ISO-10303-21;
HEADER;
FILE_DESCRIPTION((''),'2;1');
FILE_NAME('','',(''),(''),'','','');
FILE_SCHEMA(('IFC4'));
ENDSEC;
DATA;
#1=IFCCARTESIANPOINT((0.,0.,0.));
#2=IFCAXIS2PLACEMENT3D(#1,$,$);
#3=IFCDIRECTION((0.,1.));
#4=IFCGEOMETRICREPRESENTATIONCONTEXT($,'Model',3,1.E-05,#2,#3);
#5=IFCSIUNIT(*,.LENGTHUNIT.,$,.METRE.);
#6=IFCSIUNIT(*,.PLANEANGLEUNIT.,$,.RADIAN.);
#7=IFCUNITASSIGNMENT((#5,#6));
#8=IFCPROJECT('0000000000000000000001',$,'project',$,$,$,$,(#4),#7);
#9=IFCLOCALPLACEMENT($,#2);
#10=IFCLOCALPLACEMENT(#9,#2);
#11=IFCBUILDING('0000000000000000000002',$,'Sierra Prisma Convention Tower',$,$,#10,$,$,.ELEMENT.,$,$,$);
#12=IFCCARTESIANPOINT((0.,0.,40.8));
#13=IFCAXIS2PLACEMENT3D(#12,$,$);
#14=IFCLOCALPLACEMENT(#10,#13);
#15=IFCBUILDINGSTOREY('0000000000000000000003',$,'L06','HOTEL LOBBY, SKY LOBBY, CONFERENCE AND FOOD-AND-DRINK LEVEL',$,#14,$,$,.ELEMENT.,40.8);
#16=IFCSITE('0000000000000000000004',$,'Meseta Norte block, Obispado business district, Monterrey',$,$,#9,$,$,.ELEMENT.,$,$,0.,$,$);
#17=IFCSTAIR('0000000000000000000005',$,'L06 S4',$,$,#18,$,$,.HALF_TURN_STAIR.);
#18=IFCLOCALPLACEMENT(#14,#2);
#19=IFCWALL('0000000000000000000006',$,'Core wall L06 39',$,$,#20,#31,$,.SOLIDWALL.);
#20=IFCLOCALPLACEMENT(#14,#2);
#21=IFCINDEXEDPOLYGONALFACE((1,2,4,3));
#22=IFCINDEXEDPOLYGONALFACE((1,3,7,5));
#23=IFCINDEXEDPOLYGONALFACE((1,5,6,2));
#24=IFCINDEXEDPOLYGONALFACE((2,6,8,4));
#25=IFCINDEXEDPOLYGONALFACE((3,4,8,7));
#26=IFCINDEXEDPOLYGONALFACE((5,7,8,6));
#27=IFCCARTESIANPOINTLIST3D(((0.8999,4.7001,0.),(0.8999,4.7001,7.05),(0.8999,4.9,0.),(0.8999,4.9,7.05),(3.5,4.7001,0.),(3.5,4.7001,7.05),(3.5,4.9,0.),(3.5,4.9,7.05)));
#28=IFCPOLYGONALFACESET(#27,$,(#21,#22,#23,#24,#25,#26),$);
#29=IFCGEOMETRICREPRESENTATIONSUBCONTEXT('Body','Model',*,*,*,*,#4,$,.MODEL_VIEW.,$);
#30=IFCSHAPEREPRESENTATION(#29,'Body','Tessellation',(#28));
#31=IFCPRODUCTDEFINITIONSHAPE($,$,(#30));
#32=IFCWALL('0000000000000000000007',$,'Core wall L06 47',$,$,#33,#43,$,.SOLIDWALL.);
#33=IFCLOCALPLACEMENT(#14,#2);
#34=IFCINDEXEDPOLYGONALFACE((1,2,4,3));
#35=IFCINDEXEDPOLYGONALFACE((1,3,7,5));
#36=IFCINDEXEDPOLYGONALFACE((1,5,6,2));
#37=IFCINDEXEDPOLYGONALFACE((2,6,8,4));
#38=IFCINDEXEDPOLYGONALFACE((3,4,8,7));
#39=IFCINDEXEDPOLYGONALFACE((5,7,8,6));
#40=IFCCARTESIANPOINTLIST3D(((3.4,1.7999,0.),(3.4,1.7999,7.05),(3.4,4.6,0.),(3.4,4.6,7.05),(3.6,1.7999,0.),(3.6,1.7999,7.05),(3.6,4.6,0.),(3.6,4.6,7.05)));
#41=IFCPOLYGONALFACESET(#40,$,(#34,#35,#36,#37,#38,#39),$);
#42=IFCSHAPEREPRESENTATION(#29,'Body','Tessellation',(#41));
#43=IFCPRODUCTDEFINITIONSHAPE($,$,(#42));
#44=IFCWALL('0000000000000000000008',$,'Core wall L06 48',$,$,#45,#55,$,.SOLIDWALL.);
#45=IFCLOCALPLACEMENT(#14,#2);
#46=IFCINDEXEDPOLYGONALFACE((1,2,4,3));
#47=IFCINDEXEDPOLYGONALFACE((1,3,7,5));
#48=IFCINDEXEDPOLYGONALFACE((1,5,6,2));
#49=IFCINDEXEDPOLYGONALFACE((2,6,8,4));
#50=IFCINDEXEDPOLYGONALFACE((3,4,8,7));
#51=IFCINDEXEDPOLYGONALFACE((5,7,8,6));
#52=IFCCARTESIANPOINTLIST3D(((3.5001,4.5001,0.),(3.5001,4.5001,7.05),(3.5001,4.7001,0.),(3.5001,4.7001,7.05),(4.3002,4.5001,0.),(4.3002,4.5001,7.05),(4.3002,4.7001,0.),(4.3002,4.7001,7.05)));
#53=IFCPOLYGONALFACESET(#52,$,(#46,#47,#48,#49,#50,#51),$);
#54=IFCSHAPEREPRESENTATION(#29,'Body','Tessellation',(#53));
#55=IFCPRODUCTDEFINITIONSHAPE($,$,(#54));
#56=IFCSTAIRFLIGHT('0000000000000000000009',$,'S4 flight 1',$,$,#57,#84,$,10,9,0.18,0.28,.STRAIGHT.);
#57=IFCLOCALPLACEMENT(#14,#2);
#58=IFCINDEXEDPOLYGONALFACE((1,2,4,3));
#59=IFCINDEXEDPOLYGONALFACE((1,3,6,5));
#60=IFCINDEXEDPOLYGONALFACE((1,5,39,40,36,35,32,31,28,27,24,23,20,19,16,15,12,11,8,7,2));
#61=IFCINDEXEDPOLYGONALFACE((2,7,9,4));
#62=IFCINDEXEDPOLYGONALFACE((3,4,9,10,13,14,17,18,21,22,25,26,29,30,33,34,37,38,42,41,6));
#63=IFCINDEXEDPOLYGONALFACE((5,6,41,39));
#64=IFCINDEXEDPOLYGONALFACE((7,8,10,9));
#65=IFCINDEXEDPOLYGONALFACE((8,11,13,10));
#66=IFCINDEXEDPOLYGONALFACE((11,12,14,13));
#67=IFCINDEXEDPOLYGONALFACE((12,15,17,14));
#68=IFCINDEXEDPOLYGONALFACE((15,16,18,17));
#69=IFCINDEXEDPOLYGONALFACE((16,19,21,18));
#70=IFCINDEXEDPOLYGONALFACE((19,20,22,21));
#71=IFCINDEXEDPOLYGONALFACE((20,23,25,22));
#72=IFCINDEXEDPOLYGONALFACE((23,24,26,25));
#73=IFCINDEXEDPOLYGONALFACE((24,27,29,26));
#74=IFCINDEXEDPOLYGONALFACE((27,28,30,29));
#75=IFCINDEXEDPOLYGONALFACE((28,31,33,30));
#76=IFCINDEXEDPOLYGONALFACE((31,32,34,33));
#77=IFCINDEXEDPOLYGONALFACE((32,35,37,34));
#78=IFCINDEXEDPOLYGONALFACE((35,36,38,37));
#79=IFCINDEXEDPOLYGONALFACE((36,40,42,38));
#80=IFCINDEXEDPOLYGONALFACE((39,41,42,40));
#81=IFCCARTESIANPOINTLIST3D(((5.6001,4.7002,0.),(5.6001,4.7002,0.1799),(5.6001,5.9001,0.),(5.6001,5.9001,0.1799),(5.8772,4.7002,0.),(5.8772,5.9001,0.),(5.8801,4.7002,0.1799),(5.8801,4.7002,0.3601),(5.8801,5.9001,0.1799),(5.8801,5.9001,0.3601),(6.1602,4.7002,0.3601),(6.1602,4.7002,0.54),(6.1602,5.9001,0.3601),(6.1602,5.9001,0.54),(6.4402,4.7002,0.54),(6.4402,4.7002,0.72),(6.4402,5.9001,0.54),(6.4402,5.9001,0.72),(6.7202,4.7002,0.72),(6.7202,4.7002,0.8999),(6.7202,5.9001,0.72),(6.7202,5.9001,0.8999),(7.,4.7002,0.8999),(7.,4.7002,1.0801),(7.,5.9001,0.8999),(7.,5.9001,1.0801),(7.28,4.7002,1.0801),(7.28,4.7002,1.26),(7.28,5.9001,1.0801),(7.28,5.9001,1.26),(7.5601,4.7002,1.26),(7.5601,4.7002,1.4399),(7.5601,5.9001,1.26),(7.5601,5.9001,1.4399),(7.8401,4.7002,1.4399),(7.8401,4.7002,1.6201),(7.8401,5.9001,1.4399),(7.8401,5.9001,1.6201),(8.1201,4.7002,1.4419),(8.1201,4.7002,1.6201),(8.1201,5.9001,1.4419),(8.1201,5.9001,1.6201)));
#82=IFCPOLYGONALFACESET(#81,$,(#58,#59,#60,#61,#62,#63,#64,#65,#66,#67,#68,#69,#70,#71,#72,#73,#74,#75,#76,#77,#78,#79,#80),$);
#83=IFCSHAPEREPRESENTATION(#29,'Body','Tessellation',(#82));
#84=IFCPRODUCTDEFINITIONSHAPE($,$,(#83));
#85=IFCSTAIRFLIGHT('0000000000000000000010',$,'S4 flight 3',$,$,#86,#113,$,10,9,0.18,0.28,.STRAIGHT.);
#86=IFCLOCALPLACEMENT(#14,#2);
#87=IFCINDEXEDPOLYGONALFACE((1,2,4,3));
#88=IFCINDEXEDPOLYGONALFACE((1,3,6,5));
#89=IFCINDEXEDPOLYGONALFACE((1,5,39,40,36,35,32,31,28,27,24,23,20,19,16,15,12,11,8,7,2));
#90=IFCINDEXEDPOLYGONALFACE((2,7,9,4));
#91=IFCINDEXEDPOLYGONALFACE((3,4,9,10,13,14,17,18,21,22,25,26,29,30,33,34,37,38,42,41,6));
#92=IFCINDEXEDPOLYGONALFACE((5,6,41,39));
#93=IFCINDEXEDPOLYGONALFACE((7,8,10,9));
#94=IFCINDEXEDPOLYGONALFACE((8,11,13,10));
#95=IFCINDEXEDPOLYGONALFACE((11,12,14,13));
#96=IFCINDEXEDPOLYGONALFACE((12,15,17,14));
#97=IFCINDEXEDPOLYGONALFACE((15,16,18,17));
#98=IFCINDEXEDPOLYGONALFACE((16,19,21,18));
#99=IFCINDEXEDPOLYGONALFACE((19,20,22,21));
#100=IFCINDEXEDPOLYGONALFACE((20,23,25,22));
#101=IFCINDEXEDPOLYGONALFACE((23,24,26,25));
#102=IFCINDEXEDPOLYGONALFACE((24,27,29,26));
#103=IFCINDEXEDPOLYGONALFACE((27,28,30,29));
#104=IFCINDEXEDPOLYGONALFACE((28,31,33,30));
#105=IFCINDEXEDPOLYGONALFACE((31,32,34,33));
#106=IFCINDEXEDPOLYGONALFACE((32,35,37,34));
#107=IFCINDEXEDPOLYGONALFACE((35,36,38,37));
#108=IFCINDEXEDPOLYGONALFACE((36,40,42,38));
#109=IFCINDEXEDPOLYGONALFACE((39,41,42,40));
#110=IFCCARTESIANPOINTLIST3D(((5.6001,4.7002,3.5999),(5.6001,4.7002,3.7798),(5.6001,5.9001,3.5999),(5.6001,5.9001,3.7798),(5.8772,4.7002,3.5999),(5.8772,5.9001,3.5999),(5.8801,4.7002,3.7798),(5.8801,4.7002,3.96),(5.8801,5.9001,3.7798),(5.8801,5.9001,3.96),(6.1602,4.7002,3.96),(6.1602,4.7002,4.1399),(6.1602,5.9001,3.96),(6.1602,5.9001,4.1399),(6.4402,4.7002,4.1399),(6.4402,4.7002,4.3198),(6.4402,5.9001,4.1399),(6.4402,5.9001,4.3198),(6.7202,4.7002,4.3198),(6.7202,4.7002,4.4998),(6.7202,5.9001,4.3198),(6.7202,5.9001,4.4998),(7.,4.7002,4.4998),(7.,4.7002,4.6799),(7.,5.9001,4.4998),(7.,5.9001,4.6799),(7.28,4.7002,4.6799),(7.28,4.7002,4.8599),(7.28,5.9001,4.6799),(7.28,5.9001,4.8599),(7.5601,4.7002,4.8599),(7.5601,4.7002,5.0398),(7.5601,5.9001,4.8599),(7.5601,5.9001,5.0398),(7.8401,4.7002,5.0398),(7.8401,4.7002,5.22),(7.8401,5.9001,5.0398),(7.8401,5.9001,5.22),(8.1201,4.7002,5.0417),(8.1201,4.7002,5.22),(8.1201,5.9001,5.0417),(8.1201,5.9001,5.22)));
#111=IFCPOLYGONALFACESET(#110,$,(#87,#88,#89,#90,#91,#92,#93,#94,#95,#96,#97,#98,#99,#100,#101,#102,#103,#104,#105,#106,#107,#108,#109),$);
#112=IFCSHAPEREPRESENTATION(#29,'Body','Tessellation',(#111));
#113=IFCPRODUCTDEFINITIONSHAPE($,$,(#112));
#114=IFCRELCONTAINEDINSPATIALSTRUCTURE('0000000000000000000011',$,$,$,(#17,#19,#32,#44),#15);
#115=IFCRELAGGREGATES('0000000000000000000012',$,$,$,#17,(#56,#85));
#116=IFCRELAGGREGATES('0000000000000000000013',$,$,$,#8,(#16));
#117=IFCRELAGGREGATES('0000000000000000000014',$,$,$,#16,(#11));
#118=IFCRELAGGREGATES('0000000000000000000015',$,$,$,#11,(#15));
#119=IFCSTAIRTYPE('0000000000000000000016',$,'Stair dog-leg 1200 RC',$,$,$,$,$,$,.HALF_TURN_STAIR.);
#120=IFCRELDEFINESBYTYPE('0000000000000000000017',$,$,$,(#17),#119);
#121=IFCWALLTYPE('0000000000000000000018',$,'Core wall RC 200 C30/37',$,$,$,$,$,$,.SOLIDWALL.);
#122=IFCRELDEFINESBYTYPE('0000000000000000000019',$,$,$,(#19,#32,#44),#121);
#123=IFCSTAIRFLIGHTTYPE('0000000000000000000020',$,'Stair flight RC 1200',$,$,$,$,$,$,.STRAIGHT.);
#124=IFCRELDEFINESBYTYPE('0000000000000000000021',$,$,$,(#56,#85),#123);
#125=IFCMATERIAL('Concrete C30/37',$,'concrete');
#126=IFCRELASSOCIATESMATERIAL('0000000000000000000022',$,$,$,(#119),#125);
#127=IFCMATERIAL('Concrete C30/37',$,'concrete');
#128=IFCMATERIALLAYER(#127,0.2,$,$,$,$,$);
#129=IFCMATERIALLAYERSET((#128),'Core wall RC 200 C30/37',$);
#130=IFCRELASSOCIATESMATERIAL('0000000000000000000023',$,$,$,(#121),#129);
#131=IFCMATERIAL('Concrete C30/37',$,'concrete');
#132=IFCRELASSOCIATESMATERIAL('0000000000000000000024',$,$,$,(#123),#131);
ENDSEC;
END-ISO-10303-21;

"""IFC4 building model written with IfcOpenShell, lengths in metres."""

from ifc_helpers import new_model, si_unit, direction, frame, frame_2d, origin, place, context, subcontext, project, spatial, polyline, rectangle, outline, extrude, material, layer, layer_set, type_object, element, aggregate, save


model = new_model("IFC4")

# Units and contexts
model_context = context("Model", 3, precision=1e-05, world=origin(), true_north=direction((0.0, 1.0)))
body_context = subcontext(model_context, "Body", "Model", "MODEL_VIEW")
ifc_project = project(units=[si_unit("LENGTHUNIT", "METRE"), si_unit("PLANEANGLEUNIT", "RADIAN")], contexts=[model_context])

# Site, building, storey
site_placement = place(None, origin())
site = spatial("IfcSite", under=ifc_project, at=site_placement, Name="Meseta Norte block, Obispado business district, Monterrey", CompositionType="ELEMENT", RefElevation=0.0)
building_placement = place(site_placement, origin())
building = spatial("IfcBuilding", under=site, at=building_placement, Name="Sierra Prisma Convention Tower", CompositionType="ELEMENT")
storey_placement = place(building_placement, frame((0.0, 0.0, 40.8)))
storey = spatial("IfcBuildingStorey", under=building, at=storey_placement, Name="L06", Description="HOTEL LOBBY, SKY LOBBY, CONFERENCE AND FOOD-AND-DRINK LEVEL", CompositionType="ELEMENT", Elevation=40.8)

# Shared definitions
ifc_material_1 = material(Name="Concrete C30/37", Category="concrete")
stair_type = type_object("IfcStairType", Name="Stair dog-leg 1200 RC", PredefinedType="HALF_TURN_STAIR", material=ifc_material_1)

# Stair
stair_1_placement = place(storey_placement, origin())
stair_1 = element("IfcStair", 1, at=stair_1_placement, inside=storey, type_object=stair_type, Name="L06 S4", PredefinedType="HALF_TURN_STAIR")

# Shared definitions
ifc_material_2 = material(Name="Concrete C30/37", Category="concrete")
ifc_layer_1 = layer(ifc_material_2, 0.2)
ifc_layer_set_1 = layer_set([ifc_layer_1], Name="Core wall RC 200 C30/37")
wall_type = type_object("IfcWallType", Name="Core wall RC 200 C30/37", PredefinedType="SOLIDWALL", material=ifc_layer_set_1)

# Wall
wall_1_placement = place(storey_placement, frame((3.5, 4.8, 0.0), z_axis=(0.0, 0.0, 1.0), x_axis=(-1.0, 0.0, 0.0)))
element("IfcWall", 2, at=wall_1_placement, inside=storey, type_object=wall_type, Name="Core wall L06 39", PredefinedType="SOLIDWALL", context=body_context, shape_type="SweptSolid", body=[
    extrude(rectangle(XDim=2.6001, YDim=0.2, at=frame_2d((1.3, 0.0))), origin(), (0.0, 0.0, 1.0), 7.05),
])

# Walls
wall_2_placement = place(storey_placement, frame((3.5, 1.8, 0.0), z_axis=(0.0, 0.0, 1.0), x_axis=(0.0, 1.0, 0.0)))
element("IfcWall", 3, at=wall_2_placement, inside=storey, type_object=wall_type, Name="Core wall L06 47", PredefinedType="SOLIDWALL", context=body_context, shape_type="SweptSolid", body=[
    extrude(rectangle(XDim=2.8, YDim=0.2, at=frame_2d((1.3999, 0.0))), origin(), (0.0, 0.0, 1.0), 7.05),
])
wall_3_placement = place(storey_placement, frame((4.3, 4.6001, 0.0), z_axis=(0.0, 0.0, 1.0), x_axis=(-1.0, 0.0, 0.0)))
element("IfcWall", 4, at=wall_3_placement, inside=storey, type_object=wall_type, Name="Core wall L06 48", PredefinedType="SOLIDWALL", context=body_context, shape_type="SweptSolid", body=[
    extrude(rectangle(XDim=0.8, YDim=0.2, at=frame_2d((0.3999, 0.0))), origin(), (0.0, 0.0, 1.0), 7.05),
])

# Stair flights
ifc_material_3 = material(Name="Concrete C30/37", Category="concrete")
stair_flight_type = type_object("IfcStairFlightType", Name="Stair flight RC 1200", PredefinedType="STRAIGHT", material=ifc_material_3)
stair_flight_1_placement = place(storey_placement, frame((5.6001, 5.3, 0.0), z_axis=(0.0, 0.0, 1.0), x_axis=(1.0, 0.0, 0.0)))
stair_flight_1 = element("IfcStairFlight", 5, at=stair_flight_1_placement, type_object=stair_flight_type, Name="S4 flight 1", NumberOfRisers=10, NumberOfTreads=9, PredefinedType="STRAIGHT", RiserHeight=0.18, TreadLength=0.28, context=body_context, shape_type="SweptSolid", body=[
    extrude(outline(polyline([(0.0, 0.0), (0.0, 0.1799), (0.28, 0.1799), (0.28, 0.3601), (0.5601, 0.3601), (0.5601, 0.54), (0.8401, 0.54), (0.8401, 0.72), (1.1201, 0.72), (1.1201, 0.8999), (1.3999, 0.8999), (1.3999, 1.0801), (1.6799, 1.0801), (1.6799, 1.26), (1.96, 1.26), (1.96, 1.4399), (2.24, 1.4399), (2.24, 1.6201), (2.52, 1.6201), (2.52, 1.8), (2.52, 1.4419), (0.2771, 0.0), (0.0, 0.0)])), frame((0.0, 0.6001, 0.0), z_axis=(0.0, -1.0, 0.0), x_axis=(1.0, 0.0, 0.0)), (0.0, 0.0, 1.0), 1.2),
])
stair_flight_2_placement = place(storey_placement, frame((5.6001, 5.3, 3.5999), z_axis=(0.0, 0.0, 1.0), x_axis=(1.0, 0.0, 0.0)))
stair_flight_2 = element("IfcStairFlight", 6, at=stair_flight_2_placement, type_object=stair_flight_type, Name="S4 flight 3", NumberOfRisers=10, NumberOfTreads=9, PredefinedType="STRAIGHT", RiserHeight=0.18, TreadLength=0.28, context=body_context, shape_type="SweptSolid", body=[
    extrude(outline(polyline([(0.0, 0.0), (0.0, 0.1799), (0.28, 0.1799), (0.28, 0.3601), (0.5601, 0.3601), (0.5601, 0.54), (0.8401, 0.54), (0.8401, 0.72), (1.1201, 0.72), (1.1201, 0.8999), (1.3999, 0.8999), (1.3999, 1.0801), (1.6799, 1.0801), (1.6799, 1.26), (1.96, 1.26), (1.96, 1.4399), (2.24, 1.4399), (2.24, 1.6201), (2.52, 1.6201), (2.52, 1.8), (2.52, 1.4419), (0.2771, 0.0), (0.0, 0.0)])), frame((0.0, 0.6001, 0.0), z_axis=(0.0, -1.0, 0.0), x_axis=(1.0, 0.0, 0.0)), (0.0, 0.0, 1.0), 1.2),
])
aggregate(stair_1, [stair_flight_1, stair_flight_2])

save(model, "model.ifc")
